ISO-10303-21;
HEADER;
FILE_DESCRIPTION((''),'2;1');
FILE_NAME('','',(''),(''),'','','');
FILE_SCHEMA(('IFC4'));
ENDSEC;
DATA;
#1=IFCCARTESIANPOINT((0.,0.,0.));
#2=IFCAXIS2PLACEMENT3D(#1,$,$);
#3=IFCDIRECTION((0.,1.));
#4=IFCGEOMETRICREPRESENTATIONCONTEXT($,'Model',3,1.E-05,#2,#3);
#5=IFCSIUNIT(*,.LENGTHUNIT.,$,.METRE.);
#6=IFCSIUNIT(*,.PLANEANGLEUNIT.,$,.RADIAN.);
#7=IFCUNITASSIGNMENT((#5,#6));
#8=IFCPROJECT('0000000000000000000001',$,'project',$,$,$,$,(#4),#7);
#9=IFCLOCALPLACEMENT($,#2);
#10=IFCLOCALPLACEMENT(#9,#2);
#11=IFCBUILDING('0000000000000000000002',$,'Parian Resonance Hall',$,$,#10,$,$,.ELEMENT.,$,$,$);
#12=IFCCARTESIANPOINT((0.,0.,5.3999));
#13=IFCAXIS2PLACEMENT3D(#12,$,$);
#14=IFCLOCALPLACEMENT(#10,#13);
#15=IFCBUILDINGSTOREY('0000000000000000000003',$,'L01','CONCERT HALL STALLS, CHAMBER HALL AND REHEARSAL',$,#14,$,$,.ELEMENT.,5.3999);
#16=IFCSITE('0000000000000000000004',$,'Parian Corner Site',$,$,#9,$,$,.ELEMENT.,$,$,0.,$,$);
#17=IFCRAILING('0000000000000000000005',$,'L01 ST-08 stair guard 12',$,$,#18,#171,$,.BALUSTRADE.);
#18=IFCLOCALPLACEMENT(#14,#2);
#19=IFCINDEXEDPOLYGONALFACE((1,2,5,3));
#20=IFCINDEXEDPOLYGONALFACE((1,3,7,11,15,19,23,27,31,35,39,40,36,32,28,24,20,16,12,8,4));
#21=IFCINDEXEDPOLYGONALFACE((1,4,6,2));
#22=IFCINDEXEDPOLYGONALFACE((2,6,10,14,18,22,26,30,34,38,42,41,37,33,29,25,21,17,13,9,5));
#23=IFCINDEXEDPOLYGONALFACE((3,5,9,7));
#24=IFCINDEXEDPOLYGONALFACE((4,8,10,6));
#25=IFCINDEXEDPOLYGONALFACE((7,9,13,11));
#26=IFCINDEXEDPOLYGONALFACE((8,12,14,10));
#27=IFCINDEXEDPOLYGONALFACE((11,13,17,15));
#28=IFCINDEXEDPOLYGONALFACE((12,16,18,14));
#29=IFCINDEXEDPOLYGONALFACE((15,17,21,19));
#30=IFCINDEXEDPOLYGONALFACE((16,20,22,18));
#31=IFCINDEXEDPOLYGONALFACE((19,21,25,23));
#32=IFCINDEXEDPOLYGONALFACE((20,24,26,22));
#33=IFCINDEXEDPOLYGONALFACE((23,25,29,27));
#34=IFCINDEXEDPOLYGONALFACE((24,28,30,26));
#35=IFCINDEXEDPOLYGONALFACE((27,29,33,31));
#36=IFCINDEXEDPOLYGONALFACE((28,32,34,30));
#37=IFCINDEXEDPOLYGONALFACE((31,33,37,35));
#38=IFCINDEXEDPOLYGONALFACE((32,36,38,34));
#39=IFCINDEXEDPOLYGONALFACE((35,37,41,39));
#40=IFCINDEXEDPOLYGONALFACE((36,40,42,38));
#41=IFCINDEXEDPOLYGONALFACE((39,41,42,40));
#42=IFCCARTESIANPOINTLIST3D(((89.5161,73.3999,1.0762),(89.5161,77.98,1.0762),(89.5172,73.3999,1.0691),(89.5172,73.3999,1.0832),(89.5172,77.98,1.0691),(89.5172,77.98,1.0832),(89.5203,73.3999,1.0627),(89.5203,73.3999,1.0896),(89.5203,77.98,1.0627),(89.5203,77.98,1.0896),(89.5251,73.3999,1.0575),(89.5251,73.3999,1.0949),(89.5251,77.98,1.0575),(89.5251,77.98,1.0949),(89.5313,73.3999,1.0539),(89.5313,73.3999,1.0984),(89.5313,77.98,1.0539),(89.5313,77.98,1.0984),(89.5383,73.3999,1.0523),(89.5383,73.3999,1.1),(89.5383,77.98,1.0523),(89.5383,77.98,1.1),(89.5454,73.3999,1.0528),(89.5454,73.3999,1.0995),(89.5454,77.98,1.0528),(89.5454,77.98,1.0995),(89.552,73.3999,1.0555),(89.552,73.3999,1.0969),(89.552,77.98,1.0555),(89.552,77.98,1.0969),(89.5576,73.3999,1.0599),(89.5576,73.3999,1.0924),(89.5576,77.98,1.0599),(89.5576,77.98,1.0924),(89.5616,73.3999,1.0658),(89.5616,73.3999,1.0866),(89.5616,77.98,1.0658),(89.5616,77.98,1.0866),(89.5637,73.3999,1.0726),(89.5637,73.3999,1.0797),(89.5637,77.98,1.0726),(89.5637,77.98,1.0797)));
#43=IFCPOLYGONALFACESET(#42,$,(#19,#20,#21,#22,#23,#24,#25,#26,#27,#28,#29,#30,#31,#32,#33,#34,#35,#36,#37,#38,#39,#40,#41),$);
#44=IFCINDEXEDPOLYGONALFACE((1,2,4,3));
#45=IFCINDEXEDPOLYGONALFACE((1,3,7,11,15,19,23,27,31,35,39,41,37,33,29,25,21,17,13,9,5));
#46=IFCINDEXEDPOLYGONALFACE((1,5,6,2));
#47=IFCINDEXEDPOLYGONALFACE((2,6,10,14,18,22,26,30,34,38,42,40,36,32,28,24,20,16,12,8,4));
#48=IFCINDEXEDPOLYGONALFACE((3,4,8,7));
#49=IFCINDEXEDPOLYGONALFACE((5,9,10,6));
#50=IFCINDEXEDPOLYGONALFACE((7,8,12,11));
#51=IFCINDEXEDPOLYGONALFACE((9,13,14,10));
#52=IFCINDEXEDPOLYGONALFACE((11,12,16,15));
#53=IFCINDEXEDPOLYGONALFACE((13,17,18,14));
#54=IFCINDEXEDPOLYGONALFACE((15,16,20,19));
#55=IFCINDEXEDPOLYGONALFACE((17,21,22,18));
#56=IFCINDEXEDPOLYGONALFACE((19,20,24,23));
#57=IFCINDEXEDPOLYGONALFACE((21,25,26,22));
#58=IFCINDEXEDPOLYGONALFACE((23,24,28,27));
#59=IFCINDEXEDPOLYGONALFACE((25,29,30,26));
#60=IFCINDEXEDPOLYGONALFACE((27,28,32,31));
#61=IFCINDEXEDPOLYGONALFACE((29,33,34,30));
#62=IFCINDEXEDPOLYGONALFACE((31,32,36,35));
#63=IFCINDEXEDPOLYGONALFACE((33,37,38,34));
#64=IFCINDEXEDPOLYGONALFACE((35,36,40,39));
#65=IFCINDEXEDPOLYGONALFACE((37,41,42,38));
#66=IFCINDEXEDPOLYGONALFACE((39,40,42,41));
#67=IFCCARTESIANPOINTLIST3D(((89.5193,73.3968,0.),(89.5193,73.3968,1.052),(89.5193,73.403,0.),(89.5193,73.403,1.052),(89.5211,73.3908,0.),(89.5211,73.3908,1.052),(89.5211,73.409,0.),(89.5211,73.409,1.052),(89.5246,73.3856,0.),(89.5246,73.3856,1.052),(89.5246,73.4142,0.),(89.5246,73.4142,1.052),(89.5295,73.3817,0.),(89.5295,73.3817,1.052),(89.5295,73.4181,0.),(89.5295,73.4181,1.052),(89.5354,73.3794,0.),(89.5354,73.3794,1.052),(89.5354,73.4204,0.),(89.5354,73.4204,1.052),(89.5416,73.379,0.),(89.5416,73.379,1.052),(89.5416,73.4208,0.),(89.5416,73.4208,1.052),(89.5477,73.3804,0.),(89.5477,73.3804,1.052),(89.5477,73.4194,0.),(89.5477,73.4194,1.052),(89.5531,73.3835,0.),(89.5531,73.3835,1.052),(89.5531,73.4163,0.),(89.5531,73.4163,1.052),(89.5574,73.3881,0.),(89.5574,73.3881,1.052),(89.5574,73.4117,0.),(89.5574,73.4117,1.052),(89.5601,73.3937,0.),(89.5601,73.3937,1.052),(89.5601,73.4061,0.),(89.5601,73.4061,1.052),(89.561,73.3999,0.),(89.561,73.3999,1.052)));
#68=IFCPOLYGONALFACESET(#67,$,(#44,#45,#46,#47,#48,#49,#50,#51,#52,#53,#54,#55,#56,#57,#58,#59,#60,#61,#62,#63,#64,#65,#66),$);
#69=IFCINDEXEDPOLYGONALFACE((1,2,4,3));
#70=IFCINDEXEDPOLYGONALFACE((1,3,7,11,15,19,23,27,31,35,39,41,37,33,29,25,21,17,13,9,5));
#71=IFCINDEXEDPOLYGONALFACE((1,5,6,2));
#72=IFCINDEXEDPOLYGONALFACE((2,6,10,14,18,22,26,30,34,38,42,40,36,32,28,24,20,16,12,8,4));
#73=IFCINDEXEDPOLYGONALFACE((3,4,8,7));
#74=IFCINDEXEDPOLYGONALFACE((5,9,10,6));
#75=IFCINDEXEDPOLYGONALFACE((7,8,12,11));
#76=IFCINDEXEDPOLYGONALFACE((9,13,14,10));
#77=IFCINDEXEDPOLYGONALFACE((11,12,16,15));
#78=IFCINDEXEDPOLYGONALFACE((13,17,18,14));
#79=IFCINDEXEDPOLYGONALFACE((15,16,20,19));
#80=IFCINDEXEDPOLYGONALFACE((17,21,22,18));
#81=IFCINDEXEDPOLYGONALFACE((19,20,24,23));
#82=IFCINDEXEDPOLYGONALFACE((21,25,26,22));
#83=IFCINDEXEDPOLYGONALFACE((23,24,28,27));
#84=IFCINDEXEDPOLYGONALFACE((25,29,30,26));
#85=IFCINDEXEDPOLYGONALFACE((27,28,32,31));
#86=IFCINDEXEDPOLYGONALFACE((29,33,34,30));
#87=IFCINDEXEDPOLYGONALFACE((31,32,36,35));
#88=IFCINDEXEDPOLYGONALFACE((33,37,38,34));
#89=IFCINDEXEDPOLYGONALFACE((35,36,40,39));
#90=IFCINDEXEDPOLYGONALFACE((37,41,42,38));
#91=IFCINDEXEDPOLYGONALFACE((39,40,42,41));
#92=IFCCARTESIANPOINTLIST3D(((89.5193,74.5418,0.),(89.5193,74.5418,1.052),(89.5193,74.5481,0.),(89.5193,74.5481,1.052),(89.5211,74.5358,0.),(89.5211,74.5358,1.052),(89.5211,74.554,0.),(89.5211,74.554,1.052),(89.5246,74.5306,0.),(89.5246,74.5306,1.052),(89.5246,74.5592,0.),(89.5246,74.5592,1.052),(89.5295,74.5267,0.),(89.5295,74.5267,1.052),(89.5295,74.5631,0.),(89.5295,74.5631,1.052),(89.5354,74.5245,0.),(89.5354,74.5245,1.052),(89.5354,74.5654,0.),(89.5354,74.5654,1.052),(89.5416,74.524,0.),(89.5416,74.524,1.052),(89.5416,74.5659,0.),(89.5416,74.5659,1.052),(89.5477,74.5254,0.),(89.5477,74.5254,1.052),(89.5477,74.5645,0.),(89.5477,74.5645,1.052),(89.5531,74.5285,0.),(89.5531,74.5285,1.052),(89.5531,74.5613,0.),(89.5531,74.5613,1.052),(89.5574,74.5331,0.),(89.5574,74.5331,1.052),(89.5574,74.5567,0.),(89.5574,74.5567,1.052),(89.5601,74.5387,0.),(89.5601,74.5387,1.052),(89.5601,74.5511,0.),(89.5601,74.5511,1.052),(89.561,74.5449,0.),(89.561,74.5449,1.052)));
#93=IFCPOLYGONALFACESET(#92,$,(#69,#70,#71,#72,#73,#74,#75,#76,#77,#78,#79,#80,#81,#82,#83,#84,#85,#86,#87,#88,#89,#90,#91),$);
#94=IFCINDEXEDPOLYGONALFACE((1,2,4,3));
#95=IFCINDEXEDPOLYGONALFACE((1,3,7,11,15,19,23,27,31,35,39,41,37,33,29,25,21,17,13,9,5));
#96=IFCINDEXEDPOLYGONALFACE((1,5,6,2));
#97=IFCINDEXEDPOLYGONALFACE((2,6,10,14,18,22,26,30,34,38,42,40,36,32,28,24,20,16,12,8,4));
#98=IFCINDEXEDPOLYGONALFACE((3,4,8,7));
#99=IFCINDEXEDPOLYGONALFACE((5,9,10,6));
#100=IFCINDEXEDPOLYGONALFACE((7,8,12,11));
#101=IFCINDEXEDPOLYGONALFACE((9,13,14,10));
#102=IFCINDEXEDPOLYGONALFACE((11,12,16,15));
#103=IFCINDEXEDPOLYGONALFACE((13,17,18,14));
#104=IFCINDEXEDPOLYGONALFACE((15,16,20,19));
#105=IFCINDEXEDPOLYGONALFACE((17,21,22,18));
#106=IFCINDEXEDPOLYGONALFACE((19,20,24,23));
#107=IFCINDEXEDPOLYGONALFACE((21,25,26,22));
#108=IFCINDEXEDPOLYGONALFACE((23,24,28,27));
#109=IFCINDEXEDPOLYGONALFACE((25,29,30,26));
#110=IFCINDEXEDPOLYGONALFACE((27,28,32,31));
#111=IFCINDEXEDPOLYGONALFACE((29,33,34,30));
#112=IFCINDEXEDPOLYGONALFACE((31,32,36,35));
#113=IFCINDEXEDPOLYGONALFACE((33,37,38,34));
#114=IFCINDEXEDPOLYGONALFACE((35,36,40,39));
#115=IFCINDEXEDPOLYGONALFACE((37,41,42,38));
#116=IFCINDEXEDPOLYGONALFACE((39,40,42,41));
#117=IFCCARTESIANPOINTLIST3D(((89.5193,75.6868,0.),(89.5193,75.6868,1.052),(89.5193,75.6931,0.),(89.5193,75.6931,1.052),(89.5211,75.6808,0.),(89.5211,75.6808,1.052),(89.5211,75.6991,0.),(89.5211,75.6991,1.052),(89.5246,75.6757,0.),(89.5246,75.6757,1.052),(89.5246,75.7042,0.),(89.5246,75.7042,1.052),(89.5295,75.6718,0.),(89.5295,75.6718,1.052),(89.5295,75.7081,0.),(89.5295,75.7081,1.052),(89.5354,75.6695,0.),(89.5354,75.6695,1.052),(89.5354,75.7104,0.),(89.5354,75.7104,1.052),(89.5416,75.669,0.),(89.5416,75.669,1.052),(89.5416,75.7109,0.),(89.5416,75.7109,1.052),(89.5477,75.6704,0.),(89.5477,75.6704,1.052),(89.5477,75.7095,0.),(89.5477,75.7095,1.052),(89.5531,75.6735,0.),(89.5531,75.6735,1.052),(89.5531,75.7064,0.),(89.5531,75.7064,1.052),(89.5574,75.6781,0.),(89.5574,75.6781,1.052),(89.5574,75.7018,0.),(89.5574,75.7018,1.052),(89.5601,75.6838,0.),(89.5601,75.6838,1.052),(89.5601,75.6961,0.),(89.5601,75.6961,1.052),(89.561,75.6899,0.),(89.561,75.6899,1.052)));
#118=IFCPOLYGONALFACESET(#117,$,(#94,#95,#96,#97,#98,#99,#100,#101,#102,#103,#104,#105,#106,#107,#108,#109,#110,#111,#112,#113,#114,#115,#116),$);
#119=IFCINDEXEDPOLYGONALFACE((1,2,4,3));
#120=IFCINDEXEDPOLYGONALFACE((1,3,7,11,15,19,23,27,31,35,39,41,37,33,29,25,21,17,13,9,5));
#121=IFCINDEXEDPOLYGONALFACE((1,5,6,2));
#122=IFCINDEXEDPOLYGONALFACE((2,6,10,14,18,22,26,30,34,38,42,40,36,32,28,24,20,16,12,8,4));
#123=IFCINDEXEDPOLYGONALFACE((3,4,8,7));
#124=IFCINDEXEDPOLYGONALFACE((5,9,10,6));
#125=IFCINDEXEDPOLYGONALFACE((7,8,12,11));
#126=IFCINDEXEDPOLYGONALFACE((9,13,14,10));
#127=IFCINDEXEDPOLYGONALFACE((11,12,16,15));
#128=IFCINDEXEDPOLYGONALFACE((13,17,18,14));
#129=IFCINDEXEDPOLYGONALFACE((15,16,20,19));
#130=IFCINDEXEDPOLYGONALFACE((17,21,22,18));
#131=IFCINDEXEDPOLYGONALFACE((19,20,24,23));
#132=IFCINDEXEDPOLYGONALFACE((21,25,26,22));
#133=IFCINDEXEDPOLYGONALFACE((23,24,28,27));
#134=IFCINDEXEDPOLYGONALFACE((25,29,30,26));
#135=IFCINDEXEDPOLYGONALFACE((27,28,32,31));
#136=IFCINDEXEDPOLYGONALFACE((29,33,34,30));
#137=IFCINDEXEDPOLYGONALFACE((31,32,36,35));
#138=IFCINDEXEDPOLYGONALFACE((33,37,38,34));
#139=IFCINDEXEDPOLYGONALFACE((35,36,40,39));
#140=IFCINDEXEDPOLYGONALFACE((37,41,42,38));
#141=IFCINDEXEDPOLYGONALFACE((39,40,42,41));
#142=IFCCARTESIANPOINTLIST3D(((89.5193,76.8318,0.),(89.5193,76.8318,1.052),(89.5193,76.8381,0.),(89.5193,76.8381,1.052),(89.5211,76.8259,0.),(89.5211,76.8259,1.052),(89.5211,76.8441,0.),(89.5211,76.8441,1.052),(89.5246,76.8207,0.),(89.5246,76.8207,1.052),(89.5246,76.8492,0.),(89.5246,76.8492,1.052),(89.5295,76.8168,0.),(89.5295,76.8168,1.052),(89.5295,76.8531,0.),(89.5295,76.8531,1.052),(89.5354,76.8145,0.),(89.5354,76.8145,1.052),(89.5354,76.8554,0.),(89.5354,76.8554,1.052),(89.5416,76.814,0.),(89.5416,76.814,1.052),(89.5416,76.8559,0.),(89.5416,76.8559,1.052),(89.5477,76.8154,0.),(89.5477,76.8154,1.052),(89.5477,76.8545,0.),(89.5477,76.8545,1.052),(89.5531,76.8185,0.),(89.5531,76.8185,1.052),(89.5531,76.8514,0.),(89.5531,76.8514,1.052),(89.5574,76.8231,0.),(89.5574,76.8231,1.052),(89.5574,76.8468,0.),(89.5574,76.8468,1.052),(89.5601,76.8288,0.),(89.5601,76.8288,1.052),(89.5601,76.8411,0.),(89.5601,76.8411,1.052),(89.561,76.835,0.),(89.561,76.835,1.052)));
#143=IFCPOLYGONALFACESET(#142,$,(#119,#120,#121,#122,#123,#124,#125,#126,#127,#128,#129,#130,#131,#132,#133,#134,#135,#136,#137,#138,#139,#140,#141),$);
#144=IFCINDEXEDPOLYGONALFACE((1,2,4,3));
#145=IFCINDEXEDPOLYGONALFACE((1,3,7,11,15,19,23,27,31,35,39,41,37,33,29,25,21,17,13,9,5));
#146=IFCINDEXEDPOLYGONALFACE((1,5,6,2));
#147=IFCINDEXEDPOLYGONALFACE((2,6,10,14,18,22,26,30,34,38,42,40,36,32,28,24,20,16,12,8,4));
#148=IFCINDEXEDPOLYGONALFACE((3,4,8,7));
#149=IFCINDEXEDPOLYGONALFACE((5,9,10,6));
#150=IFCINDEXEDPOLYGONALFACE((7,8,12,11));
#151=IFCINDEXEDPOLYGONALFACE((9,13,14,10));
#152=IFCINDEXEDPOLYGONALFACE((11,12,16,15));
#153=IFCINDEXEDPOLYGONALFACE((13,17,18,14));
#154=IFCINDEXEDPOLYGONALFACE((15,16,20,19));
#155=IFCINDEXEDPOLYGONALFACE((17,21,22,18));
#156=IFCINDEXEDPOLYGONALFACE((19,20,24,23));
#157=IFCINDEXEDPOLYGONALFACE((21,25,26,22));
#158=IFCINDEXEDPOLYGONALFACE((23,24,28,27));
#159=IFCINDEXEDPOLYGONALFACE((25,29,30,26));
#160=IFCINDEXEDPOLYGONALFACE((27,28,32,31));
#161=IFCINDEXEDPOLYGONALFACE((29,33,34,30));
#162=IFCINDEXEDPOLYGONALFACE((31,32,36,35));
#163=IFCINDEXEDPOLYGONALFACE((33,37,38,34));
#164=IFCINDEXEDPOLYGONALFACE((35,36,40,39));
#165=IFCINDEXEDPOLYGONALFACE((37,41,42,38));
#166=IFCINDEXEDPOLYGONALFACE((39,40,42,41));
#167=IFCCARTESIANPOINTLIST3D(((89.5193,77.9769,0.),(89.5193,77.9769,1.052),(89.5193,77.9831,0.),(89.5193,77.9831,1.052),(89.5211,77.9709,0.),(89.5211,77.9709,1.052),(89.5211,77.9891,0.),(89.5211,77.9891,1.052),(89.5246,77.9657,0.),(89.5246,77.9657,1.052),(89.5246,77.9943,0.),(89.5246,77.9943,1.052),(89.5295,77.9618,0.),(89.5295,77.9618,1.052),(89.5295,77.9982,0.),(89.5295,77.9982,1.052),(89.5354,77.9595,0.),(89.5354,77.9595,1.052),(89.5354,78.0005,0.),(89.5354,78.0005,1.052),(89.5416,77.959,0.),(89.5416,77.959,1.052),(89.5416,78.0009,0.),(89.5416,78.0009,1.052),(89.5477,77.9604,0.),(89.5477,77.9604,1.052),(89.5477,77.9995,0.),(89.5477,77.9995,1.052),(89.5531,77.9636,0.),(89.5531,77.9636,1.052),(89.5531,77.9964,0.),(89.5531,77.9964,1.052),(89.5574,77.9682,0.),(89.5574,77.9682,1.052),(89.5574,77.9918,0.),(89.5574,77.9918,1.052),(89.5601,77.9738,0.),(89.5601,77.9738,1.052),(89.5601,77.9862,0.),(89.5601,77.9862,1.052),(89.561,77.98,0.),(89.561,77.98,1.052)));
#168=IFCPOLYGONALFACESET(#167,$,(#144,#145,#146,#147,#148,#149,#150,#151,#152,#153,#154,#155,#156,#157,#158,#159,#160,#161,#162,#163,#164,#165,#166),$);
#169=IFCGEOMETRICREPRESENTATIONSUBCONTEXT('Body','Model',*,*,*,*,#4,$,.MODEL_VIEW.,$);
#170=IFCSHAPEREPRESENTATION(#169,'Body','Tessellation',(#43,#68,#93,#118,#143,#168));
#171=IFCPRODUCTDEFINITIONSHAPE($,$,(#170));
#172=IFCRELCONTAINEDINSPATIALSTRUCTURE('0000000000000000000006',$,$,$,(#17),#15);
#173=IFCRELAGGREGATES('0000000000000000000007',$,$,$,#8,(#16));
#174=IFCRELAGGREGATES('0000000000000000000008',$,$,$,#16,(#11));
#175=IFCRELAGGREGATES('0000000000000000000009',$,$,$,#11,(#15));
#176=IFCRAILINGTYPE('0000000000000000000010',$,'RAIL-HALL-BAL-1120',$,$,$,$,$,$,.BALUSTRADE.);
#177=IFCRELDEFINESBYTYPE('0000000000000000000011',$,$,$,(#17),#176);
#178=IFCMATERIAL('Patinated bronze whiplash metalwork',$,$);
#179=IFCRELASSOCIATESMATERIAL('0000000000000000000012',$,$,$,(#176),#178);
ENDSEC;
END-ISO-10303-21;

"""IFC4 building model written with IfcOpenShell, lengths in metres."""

from ifc_helpers import new_model, si_unit, direction, frame, origin, origin_2d, place, context, subcontext, project, spatial, circle, extrude, material, type_object, element, save


model = new_model("IFC4")

# Units and contexts
model_context = context("Model", 3, precision=1e-05, world=origin(), true_north=direction((0.0, 1.0)))
body_context = subcontext(model_context, "Body", "Model", "MODEL_VIEW")
ifc_project = project(units=[si_unit("LENGTHUNIT", "METRE"), si_unit("PLANEANGLEUNIT", "RADIAN")], contexts=[model_context])

# Site, building, storey
site_placement = place(None, origin())
site = spatial("IfcSite", under=ifc_project, at=site_placement, Name="Parian Corner Site", CompositionType="ELEMENT", RefElevation=0.0)
building_placement = place(site_placement, origin())
building = spatial("IfcBuilding", under=site, at=building_placement, Name="Parian Resonance Hall", CompositionType="ELEMENT")
storey_placement = place(building_placement, frame((0.0, 0.0, 5.3999)))
storey = spatial("IfcBuildingStorey", under=building, at=storey_placement, Name="L01", Description="CONCERT HALL STALLS, CHAMBER HALL AND REHEARSAL", CompositionType="ELEMENT", Elevation=5.3999)

# Railing
ifc_material_1 = material(Name="Patinated bronze whiplash metalwork")
railing_type = type_object("IfcRailingType", Name="RAIL-HALL-BAL-1120", PredefinedType="BALUSTRADE", material=ifc_material_1)
railing_placement = place(storey_placement, frame((89.54, 73.3999, 0.0)))
element("IfcRailing", 1, at=railing_placement, inside=storey, type_object=railing_type, Name="L01 ST-08 stair guard 12", PredefinedType="BALUSTRADE", context=body_context, shape_type="SweptSolid", body=[
    extrude(circle(Radius=0.0239, at=origin_2d()), frame((0.0, 0.0, 1.0762), z_axis=(0.0, 1.0, 0.0), x_axis=(-1.0, 0.0, 0.0)), (0.0, 0.0, 1.0), 4.5801),
    extrude(circle(Radius=0.021, at=origin_2d()), origin(), (0.0, 0.0, 1.0), 1.052),
    extrude(circle(Radius=0.021, at=origin_2d()), frame((0.0, 1.145, 0.0)), (0.0, 0.0, 1.0), 1.052),
    extrude(circle(Radius=0.021, at=origin_2d()), frame((0.0, 2.29, 0.0)), (0.0, 0.0, 1.0), 1.052),
    extrude(circle(Radius=0.021, at=origin_2d()), frame((0.0, 3.4351, 0.0)), (0.0, 0.0, 1.0), 1.052),
    extrude(circle(Radius=0.021, at=origin_2d()), frame((0.0, 4.5801, 0.0)), (0.0, 0.0, 1.0), 1.052),
])

save(model, "model.ifc")
